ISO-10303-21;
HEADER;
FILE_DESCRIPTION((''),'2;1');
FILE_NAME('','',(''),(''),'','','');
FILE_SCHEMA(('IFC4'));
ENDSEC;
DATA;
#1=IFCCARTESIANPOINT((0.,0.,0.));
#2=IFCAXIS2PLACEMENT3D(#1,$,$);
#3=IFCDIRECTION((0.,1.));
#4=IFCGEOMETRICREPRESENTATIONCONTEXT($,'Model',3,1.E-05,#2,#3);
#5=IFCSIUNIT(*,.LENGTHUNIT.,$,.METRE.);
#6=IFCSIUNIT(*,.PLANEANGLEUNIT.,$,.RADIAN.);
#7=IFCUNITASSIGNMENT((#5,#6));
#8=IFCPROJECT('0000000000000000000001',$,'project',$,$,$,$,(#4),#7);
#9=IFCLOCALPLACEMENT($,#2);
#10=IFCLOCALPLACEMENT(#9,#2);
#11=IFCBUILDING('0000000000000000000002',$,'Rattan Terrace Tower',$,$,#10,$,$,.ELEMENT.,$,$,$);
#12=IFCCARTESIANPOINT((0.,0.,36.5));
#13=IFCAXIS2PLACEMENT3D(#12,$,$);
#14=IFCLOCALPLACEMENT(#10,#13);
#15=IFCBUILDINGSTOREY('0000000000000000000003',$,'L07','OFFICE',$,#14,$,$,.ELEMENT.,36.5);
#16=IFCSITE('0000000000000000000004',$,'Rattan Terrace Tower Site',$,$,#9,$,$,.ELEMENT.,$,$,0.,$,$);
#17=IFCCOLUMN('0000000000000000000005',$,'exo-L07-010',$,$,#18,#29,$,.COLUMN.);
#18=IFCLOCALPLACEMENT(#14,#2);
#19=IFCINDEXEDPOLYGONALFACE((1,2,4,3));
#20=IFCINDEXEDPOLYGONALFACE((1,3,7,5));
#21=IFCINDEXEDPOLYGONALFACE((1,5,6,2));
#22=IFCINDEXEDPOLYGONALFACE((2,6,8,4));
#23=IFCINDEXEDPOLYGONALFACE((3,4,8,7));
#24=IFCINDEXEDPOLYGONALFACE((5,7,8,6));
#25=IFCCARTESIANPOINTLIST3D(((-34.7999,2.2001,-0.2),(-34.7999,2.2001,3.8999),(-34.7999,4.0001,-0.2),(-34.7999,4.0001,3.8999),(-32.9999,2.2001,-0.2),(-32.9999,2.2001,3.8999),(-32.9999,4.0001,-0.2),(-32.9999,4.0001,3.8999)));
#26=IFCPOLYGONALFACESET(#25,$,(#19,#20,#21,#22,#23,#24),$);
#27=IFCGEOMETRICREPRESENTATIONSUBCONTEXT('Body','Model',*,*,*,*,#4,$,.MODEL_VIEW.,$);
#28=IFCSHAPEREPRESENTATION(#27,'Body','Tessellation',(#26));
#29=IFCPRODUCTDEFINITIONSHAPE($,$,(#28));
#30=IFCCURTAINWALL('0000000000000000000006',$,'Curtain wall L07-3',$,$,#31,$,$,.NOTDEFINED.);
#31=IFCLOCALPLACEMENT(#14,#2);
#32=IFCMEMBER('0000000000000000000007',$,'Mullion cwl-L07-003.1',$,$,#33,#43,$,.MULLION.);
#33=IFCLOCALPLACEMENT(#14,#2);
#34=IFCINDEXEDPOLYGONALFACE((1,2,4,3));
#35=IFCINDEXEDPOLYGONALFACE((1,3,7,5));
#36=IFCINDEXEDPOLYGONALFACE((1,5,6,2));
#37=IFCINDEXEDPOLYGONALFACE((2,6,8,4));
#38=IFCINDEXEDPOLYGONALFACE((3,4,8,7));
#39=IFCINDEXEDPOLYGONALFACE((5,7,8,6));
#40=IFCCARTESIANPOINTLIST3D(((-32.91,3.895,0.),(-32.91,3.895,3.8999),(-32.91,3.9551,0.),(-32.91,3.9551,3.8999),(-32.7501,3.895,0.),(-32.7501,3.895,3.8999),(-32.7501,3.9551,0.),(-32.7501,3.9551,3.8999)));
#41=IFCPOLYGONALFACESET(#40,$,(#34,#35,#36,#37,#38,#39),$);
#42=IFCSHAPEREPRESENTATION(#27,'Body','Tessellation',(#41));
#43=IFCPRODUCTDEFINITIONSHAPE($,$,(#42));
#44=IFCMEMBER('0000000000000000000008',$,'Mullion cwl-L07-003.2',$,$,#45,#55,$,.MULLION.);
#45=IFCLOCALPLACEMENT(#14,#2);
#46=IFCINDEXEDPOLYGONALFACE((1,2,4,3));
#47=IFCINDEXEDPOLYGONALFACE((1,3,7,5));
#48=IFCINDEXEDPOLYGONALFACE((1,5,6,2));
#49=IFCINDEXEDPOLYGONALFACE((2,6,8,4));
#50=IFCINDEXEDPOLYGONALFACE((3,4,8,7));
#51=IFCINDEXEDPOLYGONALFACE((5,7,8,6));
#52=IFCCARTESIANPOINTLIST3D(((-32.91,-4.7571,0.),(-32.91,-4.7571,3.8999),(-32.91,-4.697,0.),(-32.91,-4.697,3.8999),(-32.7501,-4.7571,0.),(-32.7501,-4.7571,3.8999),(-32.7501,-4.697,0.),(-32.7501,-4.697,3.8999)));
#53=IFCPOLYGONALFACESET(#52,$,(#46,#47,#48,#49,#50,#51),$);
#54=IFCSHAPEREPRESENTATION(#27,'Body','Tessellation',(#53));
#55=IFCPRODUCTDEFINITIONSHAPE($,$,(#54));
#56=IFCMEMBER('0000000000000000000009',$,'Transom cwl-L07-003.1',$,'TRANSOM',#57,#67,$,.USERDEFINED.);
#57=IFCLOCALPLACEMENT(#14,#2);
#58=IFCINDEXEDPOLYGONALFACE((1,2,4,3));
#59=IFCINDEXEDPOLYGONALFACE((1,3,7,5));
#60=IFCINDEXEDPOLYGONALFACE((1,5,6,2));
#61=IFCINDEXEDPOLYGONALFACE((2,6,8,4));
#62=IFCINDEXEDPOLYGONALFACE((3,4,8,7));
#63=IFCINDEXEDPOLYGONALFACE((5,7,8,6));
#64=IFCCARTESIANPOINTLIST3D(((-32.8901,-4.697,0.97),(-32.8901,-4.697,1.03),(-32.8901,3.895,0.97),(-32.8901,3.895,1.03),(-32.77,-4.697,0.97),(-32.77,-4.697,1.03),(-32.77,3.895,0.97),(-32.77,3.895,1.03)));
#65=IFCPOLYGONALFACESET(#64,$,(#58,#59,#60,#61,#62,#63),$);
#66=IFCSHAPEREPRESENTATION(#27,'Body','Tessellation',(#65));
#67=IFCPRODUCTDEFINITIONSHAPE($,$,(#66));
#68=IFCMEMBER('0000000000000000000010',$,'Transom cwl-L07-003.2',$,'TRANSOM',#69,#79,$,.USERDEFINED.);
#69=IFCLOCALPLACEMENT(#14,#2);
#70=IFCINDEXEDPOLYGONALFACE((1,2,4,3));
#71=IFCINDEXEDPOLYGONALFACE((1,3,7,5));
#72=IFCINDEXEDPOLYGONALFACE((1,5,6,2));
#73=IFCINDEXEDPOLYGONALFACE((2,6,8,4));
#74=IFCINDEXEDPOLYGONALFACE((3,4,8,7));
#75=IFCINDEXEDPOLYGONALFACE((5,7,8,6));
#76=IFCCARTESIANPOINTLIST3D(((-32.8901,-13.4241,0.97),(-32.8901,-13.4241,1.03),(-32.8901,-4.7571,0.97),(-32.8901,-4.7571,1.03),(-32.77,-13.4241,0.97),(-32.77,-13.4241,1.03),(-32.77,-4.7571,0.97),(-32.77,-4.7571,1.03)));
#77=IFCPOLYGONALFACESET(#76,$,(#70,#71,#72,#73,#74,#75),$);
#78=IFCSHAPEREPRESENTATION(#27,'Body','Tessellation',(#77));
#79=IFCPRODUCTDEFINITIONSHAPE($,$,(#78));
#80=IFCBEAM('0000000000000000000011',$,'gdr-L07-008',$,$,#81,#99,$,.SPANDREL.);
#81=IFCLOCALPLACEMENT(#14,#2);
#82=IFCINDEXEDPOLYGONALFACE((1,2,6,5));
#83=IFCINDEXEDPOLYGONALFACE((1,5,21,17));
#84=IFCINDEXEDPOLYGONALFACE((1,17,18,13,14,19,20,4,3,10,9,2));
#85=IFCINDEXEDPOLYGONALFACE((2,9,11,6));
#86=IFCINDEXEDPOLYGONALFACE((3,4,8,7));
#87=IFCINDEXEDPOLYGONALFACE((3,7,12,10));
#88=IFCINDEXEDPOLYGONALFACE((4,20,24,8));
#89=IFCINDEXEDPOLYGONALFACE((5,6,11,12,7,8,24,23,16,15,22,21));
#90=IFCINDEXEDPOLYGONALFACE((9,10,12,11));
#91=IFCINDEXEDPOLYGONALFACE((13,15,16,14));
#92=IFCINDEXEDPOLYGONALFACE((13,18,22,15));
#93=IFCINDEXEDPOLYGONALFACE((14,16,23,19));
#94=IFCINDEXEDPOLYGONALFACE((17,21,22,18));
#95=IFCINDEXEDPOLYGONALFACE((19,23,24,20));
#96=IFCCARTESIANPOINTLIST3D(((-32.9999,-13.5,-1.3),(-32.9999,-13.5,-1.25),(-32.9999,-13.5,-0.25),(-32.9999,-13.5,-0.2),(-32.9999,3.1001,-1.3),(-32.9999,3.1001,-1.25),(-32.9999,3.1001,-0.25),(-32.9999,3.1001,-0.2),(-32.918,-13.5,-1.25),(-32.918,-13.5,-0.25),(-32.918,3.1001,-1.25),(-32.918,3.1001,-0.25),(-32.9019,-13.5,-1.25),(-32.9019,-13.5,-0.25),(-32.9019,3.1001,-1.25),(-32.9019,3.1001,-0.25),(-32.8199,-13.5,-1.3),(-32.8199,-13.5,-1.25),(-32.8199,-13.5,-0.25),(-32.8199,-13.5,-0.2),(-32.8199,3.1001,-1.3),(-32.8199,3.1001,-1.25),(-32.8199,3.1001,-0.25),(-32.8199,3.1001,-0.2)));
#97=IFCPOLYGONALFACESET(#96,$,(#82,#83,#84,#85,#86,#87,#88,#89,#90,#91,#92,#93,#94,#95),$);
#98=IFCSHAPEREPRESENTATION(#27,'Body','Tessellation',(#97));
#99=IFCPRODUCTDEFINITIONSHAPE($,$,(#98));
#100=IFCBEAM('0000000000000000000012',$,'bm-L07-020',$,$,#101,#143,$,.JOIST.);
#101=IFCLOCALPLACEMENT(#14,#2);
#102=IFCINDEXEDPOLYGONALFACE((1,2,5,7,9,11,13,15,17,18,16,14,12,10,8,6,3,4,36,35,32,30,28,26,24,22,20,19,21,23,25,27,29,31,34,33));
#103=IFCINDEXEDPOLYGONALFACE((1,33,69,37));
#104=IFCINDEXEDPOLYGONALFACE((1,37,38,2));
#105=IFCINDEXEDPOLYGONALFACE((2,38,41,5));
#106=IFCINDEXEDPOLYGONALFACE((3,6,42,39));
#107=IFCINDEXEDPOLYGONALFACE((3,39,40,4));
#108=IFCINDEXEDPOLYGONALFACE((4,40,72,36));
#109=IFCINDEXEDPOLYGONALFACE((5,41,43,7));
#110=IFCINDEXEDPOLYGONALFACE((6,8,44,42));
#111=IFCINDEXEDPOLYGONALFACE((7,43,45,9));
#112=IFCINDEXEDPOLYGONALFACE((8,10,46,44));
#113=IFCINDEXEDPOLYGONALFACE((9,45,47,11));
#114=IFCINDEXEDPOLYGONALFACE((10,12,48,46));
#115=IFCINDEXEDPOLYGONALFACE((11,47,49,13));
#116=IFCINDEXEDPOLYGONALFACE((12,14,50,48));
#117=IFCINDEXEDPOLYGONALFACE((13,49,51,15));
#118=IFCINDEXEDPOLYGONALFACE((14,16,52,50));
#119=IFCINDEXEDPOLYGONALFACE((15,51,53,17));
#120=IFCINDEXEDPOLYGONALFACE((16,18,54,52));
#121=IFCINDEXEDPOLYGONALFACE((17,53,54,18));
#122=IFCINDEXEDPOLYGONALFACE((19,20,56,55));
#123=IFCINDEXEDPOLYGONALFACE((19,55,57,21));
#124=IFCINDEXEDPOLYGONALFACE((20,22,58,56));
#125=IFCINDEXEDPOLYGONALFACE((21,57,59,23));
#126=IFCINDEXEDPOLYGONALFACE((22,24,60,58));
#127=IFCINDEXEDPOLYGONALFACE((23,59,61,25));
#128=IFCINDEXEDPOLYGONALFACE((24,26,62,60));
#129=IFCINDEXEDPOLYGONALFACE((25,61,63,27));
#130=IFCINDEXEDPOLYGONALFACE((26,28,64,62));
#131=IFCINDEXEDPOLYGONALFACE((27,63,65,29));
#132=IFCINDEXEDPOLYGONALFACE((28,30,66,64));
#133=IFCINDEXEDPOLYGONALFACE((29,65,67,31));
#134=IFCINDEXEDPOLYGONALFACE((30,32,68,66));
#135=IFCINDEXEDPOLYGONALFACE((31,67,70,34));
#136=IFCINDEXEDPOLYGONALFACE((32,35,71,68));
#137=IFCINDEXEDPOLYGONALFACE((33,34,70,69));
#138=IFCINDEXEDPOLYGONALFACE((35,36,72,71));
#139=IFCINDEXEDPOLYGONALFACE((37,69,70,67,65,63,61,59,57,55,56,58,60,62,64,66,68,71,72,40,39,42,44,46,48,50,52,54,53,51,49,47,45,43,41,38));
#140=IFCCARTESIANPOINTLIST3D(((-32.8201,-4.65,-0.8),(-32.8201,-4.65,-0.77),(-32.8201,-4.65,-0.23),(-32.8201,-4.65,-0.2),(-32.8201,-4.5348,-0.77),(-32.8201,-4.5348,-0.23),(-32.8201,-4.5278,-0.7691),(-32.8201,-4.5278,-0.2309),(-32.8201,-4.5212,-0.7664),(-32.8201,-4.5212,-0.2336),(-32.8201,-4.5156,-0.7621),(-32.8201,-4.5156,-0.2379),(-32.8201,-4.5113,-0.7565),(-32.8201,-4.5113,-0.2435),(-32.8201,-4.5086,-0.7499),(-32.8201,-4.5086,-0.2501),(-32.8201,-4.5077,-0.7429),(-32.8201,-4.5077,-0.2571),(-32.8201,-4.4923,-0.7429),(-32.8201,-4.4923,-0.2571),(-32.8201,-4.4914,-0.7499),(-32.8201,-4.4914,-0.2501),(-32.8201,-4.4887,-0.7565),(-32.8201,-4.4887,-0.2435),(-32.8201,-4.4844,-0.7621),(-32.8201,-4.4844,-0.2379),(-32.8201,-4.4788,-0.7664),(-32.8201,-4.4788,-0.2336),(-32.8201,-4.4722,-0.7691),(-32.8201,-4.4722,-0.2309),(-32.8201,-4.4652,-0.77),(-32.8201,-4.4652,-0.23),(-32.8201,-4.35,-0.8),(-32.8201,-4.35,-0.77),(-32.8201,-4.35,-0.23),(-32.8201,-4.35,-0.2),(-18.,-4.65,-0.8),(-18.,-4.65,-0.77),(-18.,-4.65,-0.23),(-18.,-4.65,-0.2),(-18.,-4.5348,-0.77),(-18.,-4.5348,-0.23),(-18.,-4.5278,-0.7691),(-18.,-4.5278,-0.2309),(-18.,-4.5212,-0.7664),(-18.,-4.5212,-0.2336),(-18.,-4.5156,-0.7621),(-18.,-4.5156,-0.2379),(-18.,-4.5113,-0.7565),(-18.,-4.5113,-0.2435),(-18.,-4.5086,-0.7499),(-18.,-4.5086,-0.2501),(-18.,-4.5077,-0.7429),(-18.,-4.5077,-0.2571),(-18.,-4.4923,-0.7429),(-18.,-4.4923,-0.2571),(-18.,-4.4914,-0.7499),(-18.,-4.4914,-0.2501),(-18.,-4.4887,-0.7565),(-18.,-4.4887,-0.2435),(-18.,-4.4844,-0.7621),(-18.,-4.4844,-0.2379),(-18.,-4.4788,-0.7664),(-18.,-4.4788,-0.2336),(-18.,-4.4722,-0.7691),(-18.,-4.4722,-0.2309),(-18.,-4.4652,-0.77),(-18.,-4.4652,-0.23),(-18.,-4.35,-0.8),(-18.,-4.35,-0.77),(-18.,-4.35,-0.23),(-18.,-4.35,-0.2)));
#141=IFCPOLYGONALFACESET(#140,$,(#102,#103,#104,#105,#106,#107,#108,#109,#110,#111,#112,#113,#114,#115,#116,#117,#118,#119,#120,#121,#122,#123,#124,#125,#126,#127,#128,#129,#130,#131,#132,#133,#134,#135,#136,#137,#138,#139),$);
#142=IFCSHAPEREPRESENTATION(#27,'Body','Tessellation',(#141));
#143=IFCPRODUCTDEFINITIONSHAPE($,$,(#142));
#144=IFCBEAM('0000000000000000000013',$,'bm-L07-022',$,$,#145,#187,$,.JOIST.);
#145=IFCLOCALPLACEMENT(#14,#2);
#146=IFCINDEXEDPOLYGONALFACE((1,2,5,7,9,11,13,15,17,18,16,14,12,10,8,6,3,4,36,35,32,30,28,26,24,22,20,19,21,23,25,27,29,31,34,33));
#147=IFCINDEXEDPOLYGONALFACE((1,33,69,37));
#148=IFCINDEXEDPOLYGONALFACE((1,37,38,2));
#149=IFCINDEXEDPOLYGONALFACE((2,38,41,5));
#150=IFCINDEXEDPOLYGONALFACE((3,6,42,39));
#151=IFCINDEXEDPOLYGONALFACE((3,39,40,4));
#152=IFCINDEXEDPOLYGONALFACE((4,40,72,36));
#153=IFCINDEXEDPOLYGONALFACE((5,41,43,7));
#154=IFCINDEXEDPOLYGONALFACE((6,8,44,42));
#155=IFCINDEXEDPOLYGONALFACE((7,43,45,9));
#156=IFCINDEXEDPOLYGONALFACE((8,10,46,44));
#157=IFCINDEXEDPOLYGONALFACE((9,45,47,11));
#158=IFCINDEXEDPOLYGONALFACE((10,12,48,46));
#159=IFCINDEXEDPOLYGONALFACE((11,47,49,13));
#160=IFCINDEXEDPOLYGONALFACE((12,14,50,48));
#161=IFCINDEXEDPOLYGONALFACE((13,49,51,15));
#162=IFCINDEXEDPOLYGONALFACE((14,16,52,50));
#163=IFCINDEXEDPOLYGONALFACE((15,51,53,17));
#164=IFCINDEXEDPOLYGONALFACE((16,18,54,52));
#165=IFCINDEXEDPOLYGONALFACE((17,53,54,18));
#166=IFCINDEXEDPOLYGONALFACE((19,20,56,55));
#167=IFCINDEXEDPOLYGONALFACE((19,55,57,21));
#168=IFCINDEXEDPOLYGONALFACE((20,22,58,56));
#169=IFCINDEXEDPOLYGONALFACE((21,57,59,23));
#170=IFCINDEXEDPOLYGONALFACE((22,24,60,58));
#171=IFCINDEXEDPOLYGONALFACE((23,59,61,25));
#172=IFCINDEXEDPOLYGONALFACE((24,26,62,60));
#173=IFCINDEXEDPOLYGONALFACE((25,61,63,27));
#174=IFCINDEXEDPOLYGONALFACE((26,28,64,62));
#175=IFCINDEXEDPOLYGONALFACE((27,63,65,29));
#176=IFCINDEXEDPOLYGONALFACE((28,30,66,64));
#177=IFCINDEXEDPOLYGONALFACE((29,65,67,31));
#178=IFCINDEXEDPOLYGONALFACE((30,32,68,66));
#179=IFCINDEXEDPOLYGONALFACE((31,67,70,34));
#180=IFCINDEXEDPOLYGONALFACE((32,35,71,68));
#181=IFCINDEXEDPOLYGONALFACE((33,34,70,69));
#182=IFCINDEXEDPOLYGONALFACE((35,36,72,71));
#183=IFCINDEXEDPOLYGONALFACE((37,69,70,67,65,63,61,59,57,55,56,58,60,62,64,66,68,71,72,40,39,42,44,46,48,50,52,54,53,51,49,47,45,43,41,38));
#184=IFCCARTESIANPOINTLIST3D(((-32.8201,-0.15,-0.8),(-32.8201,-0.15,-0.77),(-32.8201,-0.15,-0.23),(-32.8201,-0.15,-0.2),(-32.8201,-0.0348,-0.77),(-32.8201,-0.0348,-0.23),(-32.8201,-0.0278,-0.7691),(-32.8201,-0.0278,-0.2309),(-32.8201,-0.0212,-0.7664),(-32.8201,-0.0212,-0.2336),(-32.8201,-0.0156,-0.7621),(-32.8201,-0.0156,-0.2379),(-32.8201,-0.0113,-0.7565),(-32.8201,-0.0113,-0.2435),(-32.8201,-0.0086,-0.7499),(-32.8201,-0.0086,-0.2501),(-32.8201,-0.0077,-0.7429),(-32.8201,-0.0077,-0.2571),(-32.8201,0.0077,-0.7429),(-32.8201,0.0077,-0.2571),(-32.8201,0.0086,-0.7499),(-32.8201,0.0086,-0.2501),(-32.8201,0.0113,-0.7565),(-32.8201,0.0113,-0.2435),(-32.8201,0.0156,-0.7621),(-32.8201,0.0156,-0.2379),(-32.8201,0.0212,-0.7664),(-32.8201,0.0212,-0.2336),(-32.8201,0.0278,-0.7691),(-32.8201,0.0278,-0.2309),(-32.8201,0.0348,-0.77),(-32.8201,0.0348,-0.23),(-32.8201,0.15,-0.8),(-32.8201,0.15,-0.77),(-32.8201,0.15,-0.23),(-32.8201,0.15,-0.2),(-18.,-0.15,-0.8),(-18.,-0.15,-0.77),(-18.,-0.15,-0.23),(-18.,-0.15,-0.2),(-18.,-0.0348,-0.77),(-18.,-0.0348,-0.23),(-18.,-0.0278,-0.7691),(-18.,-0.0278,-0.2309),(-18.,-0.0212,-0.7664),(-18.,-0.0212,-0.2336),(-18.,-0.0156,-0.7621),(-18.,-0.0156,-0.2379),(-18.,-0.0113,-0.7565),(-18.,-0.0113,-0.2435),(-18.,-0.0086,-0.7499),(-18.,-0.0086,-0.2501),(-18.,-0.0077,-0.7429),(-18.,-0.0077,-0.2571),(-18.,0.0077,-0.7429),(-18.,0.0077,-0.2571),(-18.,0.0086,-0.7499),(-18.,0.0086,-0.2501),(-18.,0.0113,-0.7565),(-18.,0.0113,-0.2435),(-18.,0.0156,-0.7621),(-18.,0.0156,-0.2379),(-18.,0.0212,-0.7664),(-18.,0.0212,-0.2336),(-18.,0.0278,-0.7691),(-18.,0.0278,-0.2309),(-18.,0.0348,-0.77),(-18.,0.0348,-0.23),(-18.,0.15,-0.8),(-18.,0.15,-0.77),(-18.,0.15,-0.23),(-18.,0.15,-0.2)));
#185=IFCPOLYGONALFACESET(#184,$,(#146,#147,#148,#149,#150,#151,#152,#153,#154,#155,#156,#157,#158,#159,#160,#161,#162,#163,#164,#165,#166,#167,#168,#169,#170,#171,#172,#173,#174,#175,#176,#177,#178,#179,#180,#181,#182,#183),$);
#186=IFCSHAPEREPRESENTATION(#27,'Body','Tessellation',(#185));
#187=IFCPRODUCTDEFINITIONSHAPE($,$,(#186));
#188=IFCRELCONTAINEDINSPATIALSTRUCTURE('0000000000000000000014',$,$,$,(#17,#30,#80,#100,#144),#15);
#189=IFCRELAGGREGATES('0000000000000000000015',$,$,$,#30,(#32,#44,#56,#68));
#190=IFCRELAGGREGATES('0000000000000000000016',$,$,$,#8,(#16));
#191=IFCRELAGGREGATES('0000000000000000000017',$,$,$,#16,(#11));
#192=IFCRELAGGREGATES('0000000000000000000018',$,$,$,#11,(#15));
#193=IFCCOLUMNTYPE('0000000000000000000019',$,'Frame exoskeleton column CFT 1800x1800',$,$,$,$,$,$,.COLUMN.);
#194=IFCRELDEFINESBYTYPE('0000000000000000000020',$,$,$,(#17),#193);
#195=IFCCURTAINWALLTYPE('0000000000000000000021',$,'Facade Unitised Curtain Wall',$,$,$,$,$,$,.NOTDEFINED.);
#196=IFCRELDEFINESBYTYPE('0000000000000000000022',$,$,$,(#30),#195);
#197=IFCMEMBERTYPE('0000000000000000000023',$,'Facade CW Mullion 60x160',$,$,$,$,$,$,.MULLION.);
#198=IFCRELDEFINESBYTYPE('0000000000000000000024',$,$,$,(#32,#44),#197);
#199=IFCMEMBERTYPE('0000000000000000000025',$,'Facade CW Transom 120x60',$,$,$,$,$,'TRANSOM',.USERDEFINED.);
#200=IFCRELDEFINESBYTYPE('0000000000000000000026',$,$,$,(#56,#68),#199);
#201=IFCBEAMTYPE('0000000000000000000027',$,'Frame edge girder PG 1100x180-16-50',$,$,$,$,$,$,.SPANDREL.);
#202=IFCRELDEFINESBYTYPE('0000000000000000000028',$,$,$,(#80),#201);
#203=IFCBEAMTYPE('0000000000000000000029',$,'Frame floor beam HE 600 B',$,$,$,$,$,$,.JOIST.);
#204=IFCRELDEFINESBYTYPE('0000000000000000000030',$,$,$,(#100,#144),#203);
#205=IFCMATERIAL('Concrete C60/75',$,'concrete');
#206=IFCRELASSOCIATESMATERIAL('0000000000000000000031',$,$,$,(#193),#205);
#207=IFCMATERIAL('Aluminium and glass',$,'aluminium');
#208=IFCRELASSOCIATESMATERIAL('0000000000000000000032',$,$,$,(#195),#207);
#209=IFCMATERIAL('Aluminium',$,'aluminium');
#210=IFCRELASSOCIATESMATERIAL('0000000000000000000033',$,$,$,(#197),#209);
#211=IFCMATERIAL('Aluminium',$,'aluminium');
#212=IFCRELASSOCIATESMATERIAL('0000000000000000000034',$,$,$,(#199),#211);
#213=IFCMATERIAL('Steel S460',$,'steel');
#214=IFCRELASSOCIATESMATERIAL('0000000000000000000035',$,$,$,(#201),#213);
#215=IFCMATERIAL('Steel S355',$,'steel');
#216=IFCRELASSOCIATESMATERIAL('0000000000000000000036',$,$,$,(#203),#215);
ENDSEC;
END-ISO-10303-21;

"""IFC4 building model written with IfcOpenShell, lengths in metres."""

from ifc_helpers import new_model, si_unit, direction, frame, origin, origin_2d, place, context, subcontext, project, spatial, rectangle, i_section, extrude, material, material_profile, profile_set, type_object, element, aggregate, save


model = new_model("IFC4")

# Units and contexts
model_context = context("Model", 3, precision=1e-05, world=origin(), true_north=direction((0.0, 1.0)))
body_context = subcontext(model_context, "Body", "Model", "MODEL_VIEW")
ifc_project = project(units=[si_unit("LENGTHUNIT", "METRE"), si_unit("PLANEANGLEUNIT", "RADIAN")], contexts=[model_context])

# Site, building, storey
site_placement = place(None, origin())
site = spatial("IfcSite", under=ifc_project, at=site_placement, Name="Rattan Terrace Tower Site", CompositionType="ELEMENT", RefElevation=0.0)
building_placement = place(site_placement, origin())
building = spatial("IfcBuilding", under=site, at=building_placement, Name="Rattan Terrace Tower", CompositionType="ELEMENT")
storey_placement = place(building_placement, frame((0.0, 0.0, 36.5)))
storey = spatial("IfcBuildingStorey", under=building, at=storey_placement, Name="L07", Description="OFFICE", CompositionType="ELEMENT", Elevation=36.5)

# Column
ifc_material_1 = material(Name="Concrete C60/75", Category="concrete")
ifc_material_profile_1 = material_profile(ifc_material_1, rectangle(XDim=1.8, YDim=1.8, at=origin_2d()), Name="CFT 1800x1800")
ifc_profile_set_1 = profile_set([ifc_material_profile_1], Name="Concrete C60/75")
column_type = type_object("IfcColumnType", Name="Frame exoskeleton column CFT 1800x1800", PredefinedType="COLUMN", material=ifc_profile_set_1)
column_placement = place(storey_placement, frame((-33.8999, 3.1001, -0.2), z_axis=(0.0, 0.0, 1.0), x_axis=(0.0, 1.0, 0.0)))
element("IfcColumn", 1, at=column_placement, inside=storey, type_object=column_type, Name="exo-L07-010", PredefinedType="COLUMN", context=body_context, shape_type="SweptSolid", body=[
    extrude(rectangle(XDim=1.8, YDim=1.8, at=origin_2d()), origin(), (0.0, 0.0, 1.0), 4.0999),
])

# Curtain wall, members
ifc_material_2 = material(Name="Aluminium and glass", Category="aluminium")
curtain_wall_type = type_object("IfcCurtainWallType", Name="Facade Unitised Curtain Wall", PredefinedType="NOTDEFINED", material=ifc_material_2)
curtain_wall_placement = place(storey_placement, origin())
curtain_wall = element("IfcCurtainWall", 2, at=curtain_wall_placement, inside=storey, type_object=curtain_wall_type, Name="Curtain wall L07-3", PredefinedType="NOTDEFINED")
ifc_material_3 = material(Name="Aluminium", Category="aluminium")
ifc_material_profile_2 = material_profile(ifc_material_3, rectangle(XDim=0.0601, YDim=0.1599, at=origin_2d()), Name="Aluminium 60x160")
ifc_profile_set_2 = profile_set([ifc_material_profile_2], Name="Aluminium")
member_type_1 = type_object("IfcMemberType", Name="Facade CW Mullion 60x160", PredefinedType="MULLION", material=ifc_profile_set_2)
member_1_placement = place(storey_placement, frame((-32.8301, 3.925, 0.0), z_axis=(0.0, 0.0, 1.0), x_axis=(0.0, -1.0, 0.0)))
member_1 = element("IfcMember", 3, at=member_1_placement, type_object=member_type_1, Name="Mullion cwl-L07-003.1", PredefinedType="MULLION", context=body_context, shape_type="SweptSolid", body=[
    extrude(rectangle(XDim=0.0601, YDim=0.1599, at=origin_2d()), origin(), (0.0, 0.0, 1.0), 3.8999),
])
member_2_placement = place(storey_placement, frame((-32.8301, -4.7271, 0.0), z_axis=(0.0, 0.0, 1.0), x_axis=(0.0, -1.0, 0.0)))
member_2 = element("IfcMember", 4, at=member_2_placement, type_object=member_type_1, Name="Mullion cwl-L07-003.2", PredefinedType="MULLION", context=body_context, shape_type="SweptSolid", body=[
    extrude(rectangle(XDim=0.0601, YDim=0.1599, at=origin_2d()), origin(), (0.0, 0.0, 1.0), 3.8999),
])
ifc_material_4 = material(Name="Aluminium", Category="aluminium")
ifc_material_profile_3 = material_profile(ifc_material_4, rectangle(XDim=0.1201, YDim=0.0601, at=origin_2d()), Name="Aluminium 120x60")
ifc_profile_set_3 = profile_set([ifc_material_profile_3], Name="Aluminium")
member_type_2 = type_object("IfcMemberType", Name="Facade CW Transom 120x60", ElementType="TRANSOM", PredefinedType="USERDEFINED", material=ifc_profile_set_3)
member_3_placement = place(storey_placement, frame((-32.8301, 3.895, 1.0), z_axis=(0.0, -1.0, 0.0), x_axis=(1.0, 0.0, 0.0)))
member_3 = element("IfcMember", 5, at=member_3_placement, type_object=member_type_2, Name="Transom cwl-L07-003.1", ObjectType="TRANSOM", PredefinedType="USERDEFINED", context=body_context, shape_type="SweptSolid", body=[
    extrude(rectangle(XDim=0.1201, YDim=0.0601, at=origin_2d()), origin(), (0.0, 0.0, 1.0), 8.592),
])
member_4_placement = place(storey_placement, frame((-32.8301, -4.7571, 1.0), z_axis=(0.0, -1.0, 0.0), x_axis=(1.0, 0.0, 0.0)))
member_4 = element("IfcMember", 6, at=member_4_placement, type_object=member_type_2, Name="Transom cwl-L07-003.2", ObjectType="TRANSOM", PredefinedType="USERDEFINED", context=body_context, shape_type="SweptSolid", body=[
    extrude(rectangle(XDim=0.1201, YDim=0.0601, at=origin_2d()), origin(), (0.0, 0.0, 1.0), 8.667),
])

# Beams
ifc_material_5 = material(Name="Steel S460", Category="steel")
ifc_material_profile_4 = material_profile(ifc_material_5, i_section(OverallWidth=0.1799, OverallDepth=1.1001, WebThickness=0.0161, FlangeThickness=0.05, at=origin_2d()), Name="PG 1100x180-16-50")
ifc_profile_set_4 = profile_set([ifc_material_profile_4], Name="Steel S460")
beam_type_1 = type_object("IfcBeamType", Name="Frame edge girder PG 1100x180-16-50", PredefinedType="SPANDREL", material=ifc_profile_set_4)
beam_placement = place(storey_placement, frame((-32.9099, 3.1001, -0.75), z_axis=(0.0, -1.0, 0.0), x_axis=(1.0, 0.0, 0.0)))
element("IfcBeam", 7, at=beam_placement, inside=storey, type_object=beam_type_1, Name="gdr-L07-008", PredefinedType="SPANDREL", context=body_context, shape_type="SweptSolid", body=[
    extrude(i_section(OverallWidth=0.1799, OverallDepth=1.1001, WebThickness=0.0161, FlangeThickness=0.05, at=origin_2d()), origin(), (0.0, 0.0, 1.0), 16.6001),
])
ifc_material_6 = material(Name="Steel S355", Category="steel")
ifc_material_profile_5 = material_profile(ifc_material_6, i_section(OverallWidth=0.3, OverallDepth=0.6001, WebThickness=0.0154, FlangeThickness=0.03, FilletRadius=0.0271, at=origin_2d()), Name="HE 600 B")
ifc_profile_set_5 = profile_set([ifc_material_profile_5], Name="Steel S355")
beam_type_2 = type_object("IfcBeamType", Name="Frame floor beam HE 600 B", PredefinedType="JOIST", material=ifc_profile_set_5)
for number, where, z_axis, x_axis, name in (
    (8, (-32.8201, -4.5, -0.5), (1.0, 0.0, 0.0), (0.0, 1.0, 0.0), "bm-L07-020"),
    (9, (-32.8201, 0.0, -0.5), (1.0, 0.0, 0.0), (0.0, 1.0, 0.0), "bm-L07-022"),
):
    element("IfcBeam", number, at=place(storey_placement, frame(where, z_axis=z_axis, x_axis=x_axis)), inside=storey, type_object=beam_type_2, Name=name, PredefinedType="JOIST", context=body_context, shape_type="SweptSolid", body=[
        extrude(i_section(OverallWidth=0.3, OverallDepth=0.6001, WebThickness=0.0154, FlangeThickness=0.03, FilletRadius=0.0271, at=origin_2d()), origin(), (0.0, 0.0, 1.0), 14.8201),
    ])

aggregate(curtain_wall, [member_1, member_2, member_3, member_4])

save(model, "model.ifc")
